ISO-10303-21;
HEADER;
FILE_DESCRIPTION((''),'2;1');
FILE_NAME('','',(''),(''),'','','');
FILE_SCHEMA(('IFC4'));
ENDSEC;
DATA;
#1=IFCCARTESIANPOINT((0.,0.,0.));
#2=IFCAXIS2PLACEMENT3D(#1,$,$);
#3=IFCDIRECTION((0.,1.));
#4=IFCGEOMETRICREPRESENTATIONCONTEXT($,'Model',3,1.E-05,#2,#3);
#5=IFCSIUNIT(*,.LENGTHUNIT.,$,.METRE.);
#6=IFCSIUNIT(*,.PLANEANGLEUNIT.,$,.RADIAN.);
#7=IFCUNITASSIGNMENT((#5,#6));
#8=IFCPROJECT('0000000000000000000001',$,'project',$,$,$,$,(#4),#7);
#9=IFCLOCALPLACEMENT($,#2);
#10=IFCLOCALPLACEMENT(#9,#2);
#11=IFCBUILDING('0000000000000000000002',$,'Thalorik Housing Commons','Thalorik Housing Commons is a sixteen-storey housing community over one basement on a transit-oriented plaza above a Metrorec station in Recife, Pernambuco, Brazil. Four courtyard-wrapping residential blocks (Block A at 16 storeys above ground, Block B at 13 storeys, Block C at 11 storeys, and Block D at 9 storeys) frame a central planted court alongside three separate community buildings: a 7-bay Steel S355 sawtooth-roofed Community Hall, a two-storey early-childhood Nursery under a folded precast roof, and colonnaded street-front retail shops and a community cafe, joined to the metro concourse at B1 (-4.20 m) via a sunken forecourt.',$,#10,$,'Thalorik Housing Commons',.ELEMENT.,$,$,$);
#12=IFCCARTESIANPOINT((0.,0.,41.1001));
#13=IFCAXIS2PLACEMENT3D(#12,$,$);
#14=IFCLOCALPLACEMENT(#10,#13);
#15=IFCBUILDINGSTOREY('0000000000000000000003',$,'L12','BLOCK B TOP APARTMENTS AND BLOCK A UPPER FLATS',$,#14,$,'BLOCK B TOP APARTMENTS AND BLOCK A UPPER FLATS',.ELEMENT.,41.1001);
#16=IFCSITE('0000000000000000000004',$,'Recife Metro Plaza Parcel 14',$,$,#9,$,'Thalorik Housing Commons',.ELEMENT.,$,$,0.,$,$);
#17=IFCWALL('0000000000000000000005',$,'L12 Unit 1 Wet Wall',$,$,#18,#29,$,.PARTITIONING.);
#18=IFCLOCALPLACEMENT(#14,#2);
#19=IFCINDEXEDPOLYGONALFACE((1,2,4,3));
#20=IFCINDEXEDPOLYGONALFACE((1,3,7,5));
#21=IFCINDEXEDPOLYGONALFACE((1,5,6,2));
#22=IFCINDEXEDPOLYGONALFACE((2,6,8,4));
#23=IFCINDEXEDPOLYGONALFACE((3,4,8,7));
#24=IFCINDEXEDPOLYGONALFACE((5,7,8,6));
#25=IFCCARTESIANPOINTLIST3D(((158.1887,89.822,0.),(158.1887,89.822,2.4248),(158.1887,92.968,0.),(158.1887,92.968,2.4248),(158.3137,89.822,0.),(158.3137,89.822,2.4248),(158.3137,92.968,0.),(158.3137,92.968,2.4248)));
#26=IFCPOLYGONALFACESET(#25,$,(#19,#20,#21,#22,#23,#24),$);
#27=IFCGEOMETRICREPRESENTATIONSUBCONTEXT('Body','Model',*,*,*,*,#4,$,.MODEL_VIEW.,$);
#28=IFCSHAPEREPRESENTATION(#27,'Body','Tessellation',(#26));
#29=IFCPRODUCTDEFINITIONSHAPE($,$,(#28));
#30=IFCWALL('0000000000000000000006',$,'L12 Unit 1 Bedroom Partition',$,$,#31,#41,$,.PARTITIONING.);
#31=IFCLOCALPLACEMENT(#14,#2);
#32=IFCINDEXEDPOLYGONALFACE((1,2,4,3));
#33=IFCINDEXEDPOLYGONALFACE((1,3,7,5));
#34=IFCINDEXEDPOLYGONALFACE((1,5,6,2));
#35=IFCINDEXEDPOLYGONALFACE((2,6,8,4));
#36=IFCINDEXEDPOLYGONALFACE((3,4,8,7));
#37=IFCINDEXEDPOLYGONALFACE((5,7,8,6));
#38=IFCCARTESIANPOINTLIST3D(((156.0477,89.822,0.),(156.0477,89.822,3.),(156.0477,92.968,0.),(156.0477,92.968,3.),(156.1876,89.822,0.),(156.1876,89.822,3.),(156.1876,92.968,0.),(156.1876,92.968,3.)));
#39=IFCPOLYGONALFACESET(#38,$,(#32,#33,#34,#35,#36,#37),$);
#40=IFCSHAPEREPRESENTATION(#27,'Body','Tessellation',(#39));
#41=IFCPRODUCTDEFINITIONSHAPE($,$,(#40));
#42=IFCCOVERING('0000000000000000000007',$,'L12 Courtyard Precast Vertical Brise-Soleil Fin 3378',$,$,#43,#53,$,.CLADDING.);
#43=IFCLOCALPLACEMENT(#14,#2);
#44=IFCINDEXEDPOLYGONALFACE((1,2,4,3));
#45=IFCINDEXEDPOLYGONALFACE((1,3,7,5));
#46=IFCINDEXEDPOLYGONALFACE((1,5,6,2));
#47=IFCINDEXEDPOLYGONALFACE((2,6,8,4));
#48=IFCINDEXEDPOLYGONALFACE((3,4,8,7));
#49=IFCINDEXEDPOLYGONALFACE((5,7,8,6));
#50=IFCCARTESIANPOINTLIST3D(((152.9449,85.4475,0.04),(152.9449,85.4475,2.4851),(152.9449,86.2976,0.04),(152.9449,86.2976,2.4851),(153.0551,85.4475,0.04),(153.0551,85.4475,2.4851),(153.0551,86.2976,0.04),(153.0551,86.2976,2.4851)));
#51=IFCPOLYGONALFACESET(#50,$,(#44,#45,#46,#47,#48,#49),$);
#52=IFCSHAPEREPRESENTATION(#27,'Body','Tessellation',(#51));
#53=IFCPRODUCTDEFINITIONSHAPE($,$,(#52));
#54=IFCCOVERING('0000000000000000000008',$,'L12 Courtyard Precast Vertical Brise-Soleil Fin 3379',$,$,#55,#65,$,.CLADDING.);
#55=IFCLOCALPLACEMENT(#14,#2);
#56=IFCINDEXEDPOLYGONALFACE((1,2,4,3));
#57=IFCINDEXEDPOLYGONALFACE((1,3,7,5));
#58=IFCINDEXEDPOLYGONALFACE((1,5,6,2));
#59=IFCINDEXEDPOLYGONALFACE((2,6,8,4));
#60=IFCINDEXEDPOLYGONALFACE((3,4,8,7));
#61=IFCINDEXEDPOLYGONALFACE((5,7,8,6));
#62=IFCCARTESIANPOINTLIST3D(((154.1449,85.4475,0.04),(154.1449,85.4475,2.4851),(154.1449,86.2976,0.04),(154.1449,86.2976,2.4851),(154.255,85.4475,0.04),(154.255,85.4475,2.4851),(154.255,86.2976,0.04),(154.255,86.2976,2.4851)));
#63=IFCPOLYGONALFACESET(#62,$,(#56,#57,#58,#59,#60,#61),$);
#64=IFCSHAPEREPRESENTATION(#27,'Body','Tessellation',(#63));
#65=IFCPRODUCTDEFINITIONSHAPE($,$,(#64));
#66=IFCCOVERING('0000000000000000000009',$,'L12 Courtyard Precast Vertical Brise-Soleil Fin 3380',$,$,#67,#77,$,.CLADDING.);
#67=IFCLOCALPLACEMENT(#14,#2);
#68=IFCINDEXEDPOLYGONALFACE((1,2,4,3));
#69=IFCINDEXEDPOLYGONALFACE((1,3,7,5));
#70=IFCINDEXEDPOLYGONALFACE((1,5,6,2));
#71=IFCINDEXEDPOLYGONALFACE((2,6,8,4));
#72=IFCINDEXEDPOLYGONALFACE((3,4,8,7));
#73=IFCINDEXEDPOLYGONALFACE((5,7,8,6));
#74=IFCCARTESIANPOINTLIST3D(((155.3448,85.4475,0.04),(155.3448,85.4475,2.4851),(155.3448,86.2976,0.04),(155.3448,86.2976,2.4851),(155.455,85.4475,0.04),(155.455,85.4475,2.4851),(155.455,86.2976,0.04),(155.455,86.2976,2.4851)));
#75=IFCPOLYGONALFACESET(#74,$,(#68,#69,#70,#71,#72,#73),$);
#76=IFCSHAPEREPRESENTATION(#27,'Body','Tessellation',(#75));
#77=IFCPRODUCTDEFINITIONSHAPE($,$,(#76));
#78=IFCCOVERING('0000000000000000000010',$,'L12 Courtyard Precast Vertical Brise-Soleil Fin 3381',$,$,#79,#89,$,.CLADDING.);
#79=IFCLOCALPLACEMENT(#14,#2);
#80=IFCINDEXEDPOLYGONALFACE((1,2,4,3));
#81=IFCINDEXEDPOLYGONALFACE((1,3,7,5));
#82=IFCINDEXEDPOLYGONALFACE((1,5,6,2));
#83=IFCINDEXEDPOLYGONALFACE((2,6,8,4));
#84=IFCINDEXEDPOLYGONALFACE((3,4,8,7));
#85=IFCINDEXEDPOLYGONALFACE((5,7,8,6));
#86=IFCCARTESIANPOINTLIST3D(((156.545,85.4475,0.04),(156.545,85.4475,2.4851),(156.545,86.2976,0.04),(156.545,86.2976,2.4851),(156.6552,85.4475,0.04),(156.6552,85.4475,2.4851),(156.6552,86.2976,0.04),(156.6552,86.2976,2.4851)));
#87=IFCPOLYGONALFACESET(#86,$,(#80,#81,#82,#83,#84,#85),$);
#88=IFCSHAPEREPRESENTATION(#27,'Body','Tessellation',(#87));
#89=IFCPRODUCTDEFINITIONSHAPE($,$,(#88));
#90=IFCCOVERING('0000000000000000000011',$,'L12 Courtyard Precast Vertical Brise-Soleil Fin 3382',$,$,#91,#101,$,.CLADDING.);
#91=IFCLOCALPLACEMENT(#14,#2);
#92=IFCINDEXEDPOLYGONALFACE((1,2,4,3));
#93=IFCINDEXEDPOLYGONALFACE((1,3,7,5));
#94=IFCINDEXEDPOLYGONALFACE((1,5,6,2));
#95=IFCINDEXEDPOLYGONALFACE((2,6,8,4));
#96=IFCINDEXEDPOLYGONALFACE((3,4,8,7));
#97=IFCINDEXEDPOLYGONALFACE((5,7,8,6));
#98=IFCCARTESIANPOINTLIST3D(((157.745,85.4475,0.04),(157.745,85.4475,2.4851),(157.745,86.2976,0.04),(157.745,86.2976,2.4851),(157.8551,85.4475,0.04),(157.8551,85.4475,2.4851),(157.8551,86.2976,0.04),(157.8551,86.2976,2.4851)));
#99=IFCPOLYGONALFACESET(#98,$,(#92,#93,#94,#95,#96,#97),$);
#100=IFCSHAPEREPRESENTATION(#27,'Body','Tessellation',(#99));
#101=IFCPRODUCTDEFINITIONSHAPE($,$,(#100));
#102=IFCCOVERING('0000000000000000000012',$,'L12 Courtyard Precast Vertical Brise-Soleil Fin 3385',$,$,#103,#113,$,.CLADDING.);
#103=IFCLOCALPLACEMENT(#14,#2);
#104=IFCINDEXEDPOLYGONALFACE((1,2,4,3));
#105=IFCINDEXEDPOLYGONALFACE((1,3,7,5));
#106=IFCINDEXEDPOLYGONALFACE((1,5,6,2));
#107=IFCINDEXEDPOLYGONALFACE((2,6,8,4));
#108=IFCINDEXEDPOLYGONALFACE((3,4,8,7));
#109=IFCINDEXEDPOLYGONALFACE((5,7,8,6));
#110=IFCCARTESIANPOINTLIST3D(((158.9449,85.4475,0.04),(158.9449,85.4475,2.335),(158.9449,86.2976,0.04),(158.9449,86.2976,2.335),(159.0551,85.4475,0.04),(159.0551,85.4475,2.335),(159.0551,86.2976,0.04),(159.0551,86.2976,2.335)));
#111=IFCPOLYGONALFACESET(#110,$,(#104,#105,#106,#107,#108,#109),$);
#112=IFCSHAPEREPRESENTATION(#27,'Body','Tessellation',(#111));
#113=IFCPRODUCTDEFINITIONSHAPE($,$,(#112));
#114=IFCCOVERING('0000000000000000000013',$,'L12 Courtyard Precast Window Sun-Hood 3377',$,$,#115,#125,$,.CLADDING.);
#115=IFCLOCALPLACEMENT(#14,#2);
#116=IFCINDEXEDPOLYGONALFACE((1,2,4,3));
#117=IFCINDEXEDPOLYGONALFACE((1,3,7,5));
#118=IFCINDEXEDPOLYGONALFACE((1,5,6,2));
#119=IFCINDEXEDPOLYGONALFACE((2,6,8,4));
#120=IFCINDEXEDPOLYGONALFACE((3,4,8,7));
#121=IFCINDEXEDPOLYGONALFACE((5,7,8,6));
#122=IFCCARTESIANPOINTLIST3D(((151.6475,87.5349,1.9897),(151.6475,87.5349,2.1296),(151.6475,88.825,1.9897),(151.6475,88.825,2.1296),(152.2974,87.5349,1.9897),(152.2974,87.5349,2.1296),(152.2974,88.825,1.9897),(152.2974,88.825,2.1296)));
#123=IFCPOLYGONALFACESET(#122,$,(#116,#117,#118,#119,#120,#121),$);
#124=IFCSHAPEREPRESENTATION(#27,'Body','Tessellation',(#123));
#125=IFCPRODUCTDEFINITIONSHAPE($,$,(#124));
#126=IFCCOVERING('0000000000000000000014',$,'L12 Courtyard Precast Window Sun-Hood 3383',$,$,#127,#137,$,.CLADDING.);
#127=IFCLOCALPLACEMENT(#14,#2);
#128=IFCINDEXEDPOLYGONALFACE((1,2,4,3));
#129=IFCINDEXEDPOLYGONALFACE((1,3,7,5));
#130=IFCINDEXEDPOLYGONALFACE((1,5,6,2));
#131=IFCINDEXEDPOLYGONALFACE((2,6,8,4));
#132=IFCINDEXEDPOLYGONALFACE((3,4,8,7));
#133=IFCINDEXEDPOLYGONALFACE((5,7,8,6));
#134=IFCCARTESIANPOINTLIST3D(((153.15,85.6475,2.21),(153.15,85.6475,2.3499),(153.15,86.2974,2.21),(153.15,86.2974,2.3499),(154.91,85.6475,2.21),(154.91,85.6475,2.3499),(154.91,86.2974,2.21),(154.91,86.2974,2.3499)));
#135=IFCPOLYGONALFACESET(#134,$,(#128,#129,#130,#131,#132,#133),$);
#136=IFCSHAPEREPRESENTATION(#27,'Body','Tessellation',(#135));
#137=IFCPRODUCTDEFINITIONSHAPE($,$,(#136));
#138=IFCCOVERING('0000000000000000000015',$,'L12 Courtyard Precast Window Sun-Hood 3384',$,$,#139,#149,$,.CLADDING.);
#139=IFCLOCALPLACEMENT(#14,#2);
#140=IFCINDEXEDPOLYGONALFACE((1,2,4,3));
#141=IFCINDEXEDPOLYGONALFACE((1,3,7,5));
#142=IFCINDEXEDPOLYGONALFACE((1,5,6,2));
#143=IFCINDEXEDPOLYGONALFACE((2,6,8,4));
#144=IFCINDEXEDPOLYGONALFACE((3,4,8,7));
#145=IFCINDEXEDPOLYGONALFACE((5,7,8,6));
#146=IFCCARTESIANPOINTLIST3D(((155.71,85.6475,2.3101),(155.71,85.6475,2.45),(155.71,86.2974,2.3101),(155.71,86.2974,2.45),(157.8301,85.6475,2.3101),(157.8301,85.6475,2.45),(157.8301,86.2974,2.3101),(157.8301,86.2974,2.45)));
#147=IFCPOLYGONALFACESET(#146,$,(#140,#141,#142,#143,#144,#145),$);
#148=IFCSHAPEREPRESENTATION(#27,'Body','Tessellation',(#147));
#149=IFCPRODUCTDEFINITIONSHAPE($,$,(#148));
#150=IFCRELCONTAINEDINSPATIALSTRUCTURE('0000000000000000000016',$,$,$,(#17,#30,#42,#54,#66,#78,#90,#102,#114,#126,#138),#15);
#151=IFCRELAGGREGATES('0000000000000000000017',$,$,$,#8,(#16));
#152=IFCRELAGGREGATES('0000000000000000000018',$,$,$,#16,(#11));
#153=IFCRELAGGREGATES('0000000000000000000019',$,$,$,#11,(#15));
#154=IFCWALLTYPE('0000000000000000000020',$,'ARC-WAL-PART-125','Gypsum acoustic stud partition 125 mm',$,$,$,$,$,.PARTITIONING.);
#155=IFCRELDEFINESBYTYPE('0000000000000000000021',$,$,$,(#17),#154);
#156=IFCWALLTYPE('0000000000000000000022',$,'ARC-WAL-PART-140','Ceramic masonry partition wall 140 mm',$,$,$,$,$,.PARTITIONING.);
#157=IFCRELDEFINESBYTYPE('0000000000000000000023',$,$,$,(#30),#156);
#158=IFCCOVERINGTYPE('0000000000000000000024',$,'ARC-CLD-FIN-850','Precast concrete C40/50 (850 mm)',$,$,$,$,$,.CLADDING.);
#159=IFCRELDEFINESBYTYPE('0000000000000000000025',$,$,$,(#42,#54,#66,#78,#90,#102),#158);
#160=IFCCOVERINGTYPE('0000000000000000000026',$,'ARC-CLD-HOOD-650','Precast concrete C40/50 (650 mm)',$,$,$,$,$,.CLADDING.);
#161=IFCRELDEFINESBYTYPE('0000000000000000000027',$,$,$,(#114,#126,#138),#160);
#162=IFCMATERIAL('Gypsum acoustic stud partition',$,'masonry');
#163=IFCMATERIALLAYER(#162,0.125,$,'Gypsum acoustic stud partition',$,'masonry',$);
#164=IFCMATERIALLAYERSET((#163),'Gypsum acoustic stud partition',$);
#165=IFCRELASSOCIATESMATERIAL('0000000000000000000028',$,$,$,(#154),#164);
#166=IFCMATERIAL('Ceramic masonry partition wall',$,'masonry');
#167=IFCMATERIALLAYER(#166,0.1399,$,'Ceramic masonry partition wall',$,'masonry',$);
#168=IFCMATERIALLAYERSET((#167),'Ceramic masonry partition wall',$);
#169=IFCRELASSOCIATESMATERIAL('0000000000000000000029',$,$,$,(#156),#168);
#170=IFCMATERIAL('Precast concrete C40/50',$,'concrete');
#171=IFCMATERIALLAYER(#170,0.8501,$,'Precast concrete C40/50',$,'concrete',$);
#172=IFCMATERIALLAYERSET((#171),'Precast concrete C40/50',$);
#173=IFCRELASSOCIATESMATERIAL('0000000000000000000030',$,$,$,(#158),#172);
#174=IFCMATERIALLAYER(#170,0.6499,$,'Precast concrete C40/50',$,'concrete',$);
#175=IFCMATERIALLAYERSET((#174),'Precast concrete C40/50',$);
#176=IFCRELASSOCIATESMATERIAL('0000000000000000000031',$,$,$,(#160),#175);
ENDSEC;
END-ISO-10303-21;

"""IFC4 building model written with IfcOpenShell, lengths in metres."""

from ifc_helpers import new_model, si_unit, direction, frame, frame_2d, origin, origin_2d, place, context, subcontext, project, spatial, rectangle, extrude, material, layer, layer_set, type_object, element, save


model = new_model("IFC4")

# Units and contexts
model_context = context("Model", 3, precision=1e-05, world=origin(), true_north=direction((0.0, 1.0)))
body_context = subcontext(model_context, "Body", "Model", "MODEL_VIEW")
ifc_project = project(units=[si_unit("LENGTHUNIT", "METRE"), si_unit("PLANEANGLEUNIT", "RADIAN")], contexts=[model_context])

# Site, building, storey
site_placement = place(None, origin())
site = spatial("IfcSite", under=ifc_project, at=site_placement, Name="Recife Metro Plaza Parcel 14", LongName="Thalorik Housing Commons", CompositionType="ELEMENT", RefElevation=0.0)
building_placement = place(site_placement, origin())
building = spatial("IfcBuilding", under=site, at=building_placement, Name="Thalorik Housing Commons", Description="Thalorik Housing Commons is a sixteen-storey housing community over one basement on a transit-oriented plaza above a Metrorec station in Recife, Pernambuco, Brazil. Four courtyard-wrapping residential blocks (Block A at 16 storeys above ground, Block B at 13 storeys, Block C at 11 storeys, and Block D at 9 storeys) frame a central planted court alongside three separate community buildings: a 7-bay Steel S355 sawtooth-roofed Community Hall, a two-storey early-childhood Nursery under a folded precast roof, and colonnaded street-front retail shops and a community cafe, joined to the metro concourse at B1 (-4.20 m) via a sunken forecourt.", LongName="Thalorik Housing Commons", CompositionType="ELEMENT")
storey_placement = place(building_placement, frame((0.0, 0.0, 41.1001)))
storey = spatial("IfcBuildingStorey", under=building, at=storey_placement, Name="L12", Description="BLOCK B TOP APARTMENTS AND BLOCK A UPPER FLATS", LongName="BLOCK B TOP APARTMENTS AND BLOCK A UPPER FLATS", CompositionType="ELEMENT", Elevation=41.1001)

# Shared definitions
ifc_material_1 = material(Name="Precast concrete C40/50", Category="concrete")

# Walls
ifc_material_2 = material(Name="Gypsum acoustic stud partition", Category="masonry")
ifc_layer_1 = layer(ifc_material_2, 0.125, Name="Gypsum acoustic stud partition", Category="masonry")
ifc_layer_set_1 = layer_set([ifc_layer_1], Name="Gypsum acoustic stud partition")
wall_type_1 = type_object("IfcWallType", Name="ARC-WAL-PART-125", Description="Gypsum acoustic stud partition 125 mm", PredefinedType="PARTITIONING", material=ifc_layer_set_1)
wall_1_placement = place(storey_placement, frame((158.2512, 89.822, 0.0), z_axis=(0.0, 0.0, 1.0), x_axis=(0.0, 1.0, 0.0)))
element("IfcWall", 1, at=wall_1_placement, inside=storey, type_object=wall_type_1, Name="L12 Unit 1 Wet Wall", PredefinedType="PARTITIONING", context=body_context, shape_type="SweptSolid", body=[
    extrude(rectangle(XDim=3.146, YDim=0.125, at=frame_2d((1.573, 0.0))), origin(), (0.0, 0.0, 1.0), 2.4248),
])
ifc_material_3 = material(Name="Ceramic masonry partition wall", Category="masonry")
ifc_layer_2 = layer(ifc_material_3, 0.1399, Name="Ceramic masonry partition wall", Category="masonry")
ifc_layer_set_2 = layer_set([ifc_layer_2], Name="Ceramic masonry partition wall")
wall_type_2 = type_object("IfcWallType", Name="ARC-WAL-PART-140", Description="Ceramic masonry partition wall 140 mm", PredefinedType="PARTITIONING", material=ifc_layer_set_2)
wall_2_placement = place(storey_placement, frame((156.1177, 89.822, 0.0), z_axis=(0.0, 0.0, 1.0), x_axis=(0.0, 1.0, 0.0)))
element("IfcWall", 2, at=wall_2_placement, inside=storey, type_object=wall_type_2, Name="L12 Unit 1 Bedroom Partition", PredefinedType="PARTITIONING", context=body_context, shape_type="SweptSolid", body=[
    extrude(rectangle(XDim=3.146, YDim=0.1399, at=frame_2d((1.573, 0.0))), origin(), (0.0, 0.0, 1.0), 3.0),
])

# Coverings
ifc_layer_3 = layer(ifc_material_1, 0.8501, Name="Precast concrete C40/50", Category="concrete")
ifc_layer_set_3 = layer_set([ifc_layer_3], Name="Precast concrete C40/50")
covering_type_1 = type_object("IfcCoveringType", Name="ARC-CLD-FIN-850", Description="Precast concrete C40/50 (850 mm)", PredefinedType="CLADDING", material=ifc_layer_set_3)
for number, where, z_axis, x_axis, name in (
    (3, (153.0, 85.8726, 0.04), (0.0, 0.0, 1.0), (1.0, 0.0, 0.0), "L12 Courtyard Precast Vertical Brise-Soleil Fin 3378"),
    (4, (154.2, 85.8726, 0.04), (0.0, 0.0, 1.0), (1.0, 0.0, 0.0), "L12 Courtyard Precast Vertical Brise-Soleil Fin 3379"),
    (5, (155.3999, 85.8726, 0.04), (0.0, 0.0, 1.0), (1.0, 0.0, 0.0), "L12 Courtyard Precast Vertical Brise-Soleil Fin 3380"),
    (6, (156.6001, 85.8726, 0.04), (0.0, 0.0, 1.0), (1.0, 0.0, 0.0), "L12 Courtyard Precast Vertical Brise-Soleil Fin 3381"),
    (7, (157.8, 85.8726, 0.04), (0.0, 0.0, 1.0), (1.0, 0.0, 0.0), "L12 Courtyard Precast Vertical Brise-Soleil Fin 3382"),
):
    element("IfcCovering", number, at=place(storey_placement, frame(where, z_axis=z_axis, x_axis=x_axis)), inside=storey, type_object=covering_type_1, Name=name, PredefinedType="CLADDING", context=body_context, shape_type="SweptSolid", body=[
        extrude(rectangle(XDim=0.1101, YDim=0.8501, at=origin_2d()), origin(), (0.0, 0.0, 1.0), 2.4451),
    ])
covering_1_placement = place(storey_placement, frame((159.0, 85.8726, 0.04), z_axis=(0.0, 0.0, 1.0), x_axis=(1.0, 0.0, 0.0)))
element("IfcCovering", 8, at=covering_1_placement, inside=storey, type_object=covering_type_1, Name="L12 Courtyard Precast Vertical Brise-Soleil Fin 3385", PredefinedType="CLADDING", context=body_context, shape_type="SweptSolid", body=[
    extrude(rectangle(XDim=0.1101, YDim=0.8501, at=origin_2d()), origin(), (0.0, 0.0, 1.0), 2.2949),
])
ifc_layer_4 = layer(ifc_material_1, 0.6499, Name="Precast concrete C40/50", Category="concrete")
ifc_layer_set_4 = layer_set([ifc_layer_4], Name="Precast concrete C40/50")
covering_type_2 = type_object("IfcCoveringType", Name="ARC-CLD-HOOD-650", Description="Precast concrete C40/50 (650 mm)", PredefinedType="CLADDING", material=ifc_layer_set_4)
covering_2_placement = place(storey_placement, frame((151.9724, 88.1799, 1.9897), z_axis=(0.0, 0.0, 1.0), x_axis=(0.0, -1.0, 0.0)))
element("IfcCovering", 9, at=covering_2_placement, inside=storey, type_object=covering_type_2, Name="L12 Courtyard Precast Window Sun-Hood 3377", PredefinedType="CLADDING", context=body_context, shape_type="SweptSolid", body=[
    extrude(rectangle(XDim=1.29, YDim=0.6499, at=origin_2d()), origin(), (0.0, 0.0, 1.0), 0.1399),
])
covering_3_placement = place(storey_placement, frame((154.03, 85.9724, 2.21), z_axis=(0.0, 0.0, 1.0), x_axis=(1.0, 0.0, 0.0)))
element("IfcCovering", 10, at=covering_3_placement, inside=storey, type_object=covering_type_2, Name="L12 Courtyard Precast Window Sun-Hood 3383", PredefinedType="CLADDING", context=body_context, shape_type="SweptSolid", body=[
    extrude(rectangle(XDim=1.76, YDim=0.6499, at=origin_2d()), origin(), (0.0, 0.0, 1.0), 0.1399),
])
covering_4_placement = place(storey_placement, frame((156.77, 85.9724, 2.3101), z_axis=(0.0, 0.0, 1.0), x_axis=(1.0, 0.0, 0.0)))
element("IfcCovering", 11, at=covering_4_placement, inside=storey, type_object=covering_type_2, Name="L12 Courtyard Precast Window Sun-Hood 3384", PredefinedType="CLADDING", context=body_context, shape_type="SweptSolid", body=[
    extrude(rectangle(XDim=2.1201, YDim=0.6499, at=origin_2d()), origin(), (0.0, 0.0, 1.0), 0.1399),
])

save(model, "model.ifc")
